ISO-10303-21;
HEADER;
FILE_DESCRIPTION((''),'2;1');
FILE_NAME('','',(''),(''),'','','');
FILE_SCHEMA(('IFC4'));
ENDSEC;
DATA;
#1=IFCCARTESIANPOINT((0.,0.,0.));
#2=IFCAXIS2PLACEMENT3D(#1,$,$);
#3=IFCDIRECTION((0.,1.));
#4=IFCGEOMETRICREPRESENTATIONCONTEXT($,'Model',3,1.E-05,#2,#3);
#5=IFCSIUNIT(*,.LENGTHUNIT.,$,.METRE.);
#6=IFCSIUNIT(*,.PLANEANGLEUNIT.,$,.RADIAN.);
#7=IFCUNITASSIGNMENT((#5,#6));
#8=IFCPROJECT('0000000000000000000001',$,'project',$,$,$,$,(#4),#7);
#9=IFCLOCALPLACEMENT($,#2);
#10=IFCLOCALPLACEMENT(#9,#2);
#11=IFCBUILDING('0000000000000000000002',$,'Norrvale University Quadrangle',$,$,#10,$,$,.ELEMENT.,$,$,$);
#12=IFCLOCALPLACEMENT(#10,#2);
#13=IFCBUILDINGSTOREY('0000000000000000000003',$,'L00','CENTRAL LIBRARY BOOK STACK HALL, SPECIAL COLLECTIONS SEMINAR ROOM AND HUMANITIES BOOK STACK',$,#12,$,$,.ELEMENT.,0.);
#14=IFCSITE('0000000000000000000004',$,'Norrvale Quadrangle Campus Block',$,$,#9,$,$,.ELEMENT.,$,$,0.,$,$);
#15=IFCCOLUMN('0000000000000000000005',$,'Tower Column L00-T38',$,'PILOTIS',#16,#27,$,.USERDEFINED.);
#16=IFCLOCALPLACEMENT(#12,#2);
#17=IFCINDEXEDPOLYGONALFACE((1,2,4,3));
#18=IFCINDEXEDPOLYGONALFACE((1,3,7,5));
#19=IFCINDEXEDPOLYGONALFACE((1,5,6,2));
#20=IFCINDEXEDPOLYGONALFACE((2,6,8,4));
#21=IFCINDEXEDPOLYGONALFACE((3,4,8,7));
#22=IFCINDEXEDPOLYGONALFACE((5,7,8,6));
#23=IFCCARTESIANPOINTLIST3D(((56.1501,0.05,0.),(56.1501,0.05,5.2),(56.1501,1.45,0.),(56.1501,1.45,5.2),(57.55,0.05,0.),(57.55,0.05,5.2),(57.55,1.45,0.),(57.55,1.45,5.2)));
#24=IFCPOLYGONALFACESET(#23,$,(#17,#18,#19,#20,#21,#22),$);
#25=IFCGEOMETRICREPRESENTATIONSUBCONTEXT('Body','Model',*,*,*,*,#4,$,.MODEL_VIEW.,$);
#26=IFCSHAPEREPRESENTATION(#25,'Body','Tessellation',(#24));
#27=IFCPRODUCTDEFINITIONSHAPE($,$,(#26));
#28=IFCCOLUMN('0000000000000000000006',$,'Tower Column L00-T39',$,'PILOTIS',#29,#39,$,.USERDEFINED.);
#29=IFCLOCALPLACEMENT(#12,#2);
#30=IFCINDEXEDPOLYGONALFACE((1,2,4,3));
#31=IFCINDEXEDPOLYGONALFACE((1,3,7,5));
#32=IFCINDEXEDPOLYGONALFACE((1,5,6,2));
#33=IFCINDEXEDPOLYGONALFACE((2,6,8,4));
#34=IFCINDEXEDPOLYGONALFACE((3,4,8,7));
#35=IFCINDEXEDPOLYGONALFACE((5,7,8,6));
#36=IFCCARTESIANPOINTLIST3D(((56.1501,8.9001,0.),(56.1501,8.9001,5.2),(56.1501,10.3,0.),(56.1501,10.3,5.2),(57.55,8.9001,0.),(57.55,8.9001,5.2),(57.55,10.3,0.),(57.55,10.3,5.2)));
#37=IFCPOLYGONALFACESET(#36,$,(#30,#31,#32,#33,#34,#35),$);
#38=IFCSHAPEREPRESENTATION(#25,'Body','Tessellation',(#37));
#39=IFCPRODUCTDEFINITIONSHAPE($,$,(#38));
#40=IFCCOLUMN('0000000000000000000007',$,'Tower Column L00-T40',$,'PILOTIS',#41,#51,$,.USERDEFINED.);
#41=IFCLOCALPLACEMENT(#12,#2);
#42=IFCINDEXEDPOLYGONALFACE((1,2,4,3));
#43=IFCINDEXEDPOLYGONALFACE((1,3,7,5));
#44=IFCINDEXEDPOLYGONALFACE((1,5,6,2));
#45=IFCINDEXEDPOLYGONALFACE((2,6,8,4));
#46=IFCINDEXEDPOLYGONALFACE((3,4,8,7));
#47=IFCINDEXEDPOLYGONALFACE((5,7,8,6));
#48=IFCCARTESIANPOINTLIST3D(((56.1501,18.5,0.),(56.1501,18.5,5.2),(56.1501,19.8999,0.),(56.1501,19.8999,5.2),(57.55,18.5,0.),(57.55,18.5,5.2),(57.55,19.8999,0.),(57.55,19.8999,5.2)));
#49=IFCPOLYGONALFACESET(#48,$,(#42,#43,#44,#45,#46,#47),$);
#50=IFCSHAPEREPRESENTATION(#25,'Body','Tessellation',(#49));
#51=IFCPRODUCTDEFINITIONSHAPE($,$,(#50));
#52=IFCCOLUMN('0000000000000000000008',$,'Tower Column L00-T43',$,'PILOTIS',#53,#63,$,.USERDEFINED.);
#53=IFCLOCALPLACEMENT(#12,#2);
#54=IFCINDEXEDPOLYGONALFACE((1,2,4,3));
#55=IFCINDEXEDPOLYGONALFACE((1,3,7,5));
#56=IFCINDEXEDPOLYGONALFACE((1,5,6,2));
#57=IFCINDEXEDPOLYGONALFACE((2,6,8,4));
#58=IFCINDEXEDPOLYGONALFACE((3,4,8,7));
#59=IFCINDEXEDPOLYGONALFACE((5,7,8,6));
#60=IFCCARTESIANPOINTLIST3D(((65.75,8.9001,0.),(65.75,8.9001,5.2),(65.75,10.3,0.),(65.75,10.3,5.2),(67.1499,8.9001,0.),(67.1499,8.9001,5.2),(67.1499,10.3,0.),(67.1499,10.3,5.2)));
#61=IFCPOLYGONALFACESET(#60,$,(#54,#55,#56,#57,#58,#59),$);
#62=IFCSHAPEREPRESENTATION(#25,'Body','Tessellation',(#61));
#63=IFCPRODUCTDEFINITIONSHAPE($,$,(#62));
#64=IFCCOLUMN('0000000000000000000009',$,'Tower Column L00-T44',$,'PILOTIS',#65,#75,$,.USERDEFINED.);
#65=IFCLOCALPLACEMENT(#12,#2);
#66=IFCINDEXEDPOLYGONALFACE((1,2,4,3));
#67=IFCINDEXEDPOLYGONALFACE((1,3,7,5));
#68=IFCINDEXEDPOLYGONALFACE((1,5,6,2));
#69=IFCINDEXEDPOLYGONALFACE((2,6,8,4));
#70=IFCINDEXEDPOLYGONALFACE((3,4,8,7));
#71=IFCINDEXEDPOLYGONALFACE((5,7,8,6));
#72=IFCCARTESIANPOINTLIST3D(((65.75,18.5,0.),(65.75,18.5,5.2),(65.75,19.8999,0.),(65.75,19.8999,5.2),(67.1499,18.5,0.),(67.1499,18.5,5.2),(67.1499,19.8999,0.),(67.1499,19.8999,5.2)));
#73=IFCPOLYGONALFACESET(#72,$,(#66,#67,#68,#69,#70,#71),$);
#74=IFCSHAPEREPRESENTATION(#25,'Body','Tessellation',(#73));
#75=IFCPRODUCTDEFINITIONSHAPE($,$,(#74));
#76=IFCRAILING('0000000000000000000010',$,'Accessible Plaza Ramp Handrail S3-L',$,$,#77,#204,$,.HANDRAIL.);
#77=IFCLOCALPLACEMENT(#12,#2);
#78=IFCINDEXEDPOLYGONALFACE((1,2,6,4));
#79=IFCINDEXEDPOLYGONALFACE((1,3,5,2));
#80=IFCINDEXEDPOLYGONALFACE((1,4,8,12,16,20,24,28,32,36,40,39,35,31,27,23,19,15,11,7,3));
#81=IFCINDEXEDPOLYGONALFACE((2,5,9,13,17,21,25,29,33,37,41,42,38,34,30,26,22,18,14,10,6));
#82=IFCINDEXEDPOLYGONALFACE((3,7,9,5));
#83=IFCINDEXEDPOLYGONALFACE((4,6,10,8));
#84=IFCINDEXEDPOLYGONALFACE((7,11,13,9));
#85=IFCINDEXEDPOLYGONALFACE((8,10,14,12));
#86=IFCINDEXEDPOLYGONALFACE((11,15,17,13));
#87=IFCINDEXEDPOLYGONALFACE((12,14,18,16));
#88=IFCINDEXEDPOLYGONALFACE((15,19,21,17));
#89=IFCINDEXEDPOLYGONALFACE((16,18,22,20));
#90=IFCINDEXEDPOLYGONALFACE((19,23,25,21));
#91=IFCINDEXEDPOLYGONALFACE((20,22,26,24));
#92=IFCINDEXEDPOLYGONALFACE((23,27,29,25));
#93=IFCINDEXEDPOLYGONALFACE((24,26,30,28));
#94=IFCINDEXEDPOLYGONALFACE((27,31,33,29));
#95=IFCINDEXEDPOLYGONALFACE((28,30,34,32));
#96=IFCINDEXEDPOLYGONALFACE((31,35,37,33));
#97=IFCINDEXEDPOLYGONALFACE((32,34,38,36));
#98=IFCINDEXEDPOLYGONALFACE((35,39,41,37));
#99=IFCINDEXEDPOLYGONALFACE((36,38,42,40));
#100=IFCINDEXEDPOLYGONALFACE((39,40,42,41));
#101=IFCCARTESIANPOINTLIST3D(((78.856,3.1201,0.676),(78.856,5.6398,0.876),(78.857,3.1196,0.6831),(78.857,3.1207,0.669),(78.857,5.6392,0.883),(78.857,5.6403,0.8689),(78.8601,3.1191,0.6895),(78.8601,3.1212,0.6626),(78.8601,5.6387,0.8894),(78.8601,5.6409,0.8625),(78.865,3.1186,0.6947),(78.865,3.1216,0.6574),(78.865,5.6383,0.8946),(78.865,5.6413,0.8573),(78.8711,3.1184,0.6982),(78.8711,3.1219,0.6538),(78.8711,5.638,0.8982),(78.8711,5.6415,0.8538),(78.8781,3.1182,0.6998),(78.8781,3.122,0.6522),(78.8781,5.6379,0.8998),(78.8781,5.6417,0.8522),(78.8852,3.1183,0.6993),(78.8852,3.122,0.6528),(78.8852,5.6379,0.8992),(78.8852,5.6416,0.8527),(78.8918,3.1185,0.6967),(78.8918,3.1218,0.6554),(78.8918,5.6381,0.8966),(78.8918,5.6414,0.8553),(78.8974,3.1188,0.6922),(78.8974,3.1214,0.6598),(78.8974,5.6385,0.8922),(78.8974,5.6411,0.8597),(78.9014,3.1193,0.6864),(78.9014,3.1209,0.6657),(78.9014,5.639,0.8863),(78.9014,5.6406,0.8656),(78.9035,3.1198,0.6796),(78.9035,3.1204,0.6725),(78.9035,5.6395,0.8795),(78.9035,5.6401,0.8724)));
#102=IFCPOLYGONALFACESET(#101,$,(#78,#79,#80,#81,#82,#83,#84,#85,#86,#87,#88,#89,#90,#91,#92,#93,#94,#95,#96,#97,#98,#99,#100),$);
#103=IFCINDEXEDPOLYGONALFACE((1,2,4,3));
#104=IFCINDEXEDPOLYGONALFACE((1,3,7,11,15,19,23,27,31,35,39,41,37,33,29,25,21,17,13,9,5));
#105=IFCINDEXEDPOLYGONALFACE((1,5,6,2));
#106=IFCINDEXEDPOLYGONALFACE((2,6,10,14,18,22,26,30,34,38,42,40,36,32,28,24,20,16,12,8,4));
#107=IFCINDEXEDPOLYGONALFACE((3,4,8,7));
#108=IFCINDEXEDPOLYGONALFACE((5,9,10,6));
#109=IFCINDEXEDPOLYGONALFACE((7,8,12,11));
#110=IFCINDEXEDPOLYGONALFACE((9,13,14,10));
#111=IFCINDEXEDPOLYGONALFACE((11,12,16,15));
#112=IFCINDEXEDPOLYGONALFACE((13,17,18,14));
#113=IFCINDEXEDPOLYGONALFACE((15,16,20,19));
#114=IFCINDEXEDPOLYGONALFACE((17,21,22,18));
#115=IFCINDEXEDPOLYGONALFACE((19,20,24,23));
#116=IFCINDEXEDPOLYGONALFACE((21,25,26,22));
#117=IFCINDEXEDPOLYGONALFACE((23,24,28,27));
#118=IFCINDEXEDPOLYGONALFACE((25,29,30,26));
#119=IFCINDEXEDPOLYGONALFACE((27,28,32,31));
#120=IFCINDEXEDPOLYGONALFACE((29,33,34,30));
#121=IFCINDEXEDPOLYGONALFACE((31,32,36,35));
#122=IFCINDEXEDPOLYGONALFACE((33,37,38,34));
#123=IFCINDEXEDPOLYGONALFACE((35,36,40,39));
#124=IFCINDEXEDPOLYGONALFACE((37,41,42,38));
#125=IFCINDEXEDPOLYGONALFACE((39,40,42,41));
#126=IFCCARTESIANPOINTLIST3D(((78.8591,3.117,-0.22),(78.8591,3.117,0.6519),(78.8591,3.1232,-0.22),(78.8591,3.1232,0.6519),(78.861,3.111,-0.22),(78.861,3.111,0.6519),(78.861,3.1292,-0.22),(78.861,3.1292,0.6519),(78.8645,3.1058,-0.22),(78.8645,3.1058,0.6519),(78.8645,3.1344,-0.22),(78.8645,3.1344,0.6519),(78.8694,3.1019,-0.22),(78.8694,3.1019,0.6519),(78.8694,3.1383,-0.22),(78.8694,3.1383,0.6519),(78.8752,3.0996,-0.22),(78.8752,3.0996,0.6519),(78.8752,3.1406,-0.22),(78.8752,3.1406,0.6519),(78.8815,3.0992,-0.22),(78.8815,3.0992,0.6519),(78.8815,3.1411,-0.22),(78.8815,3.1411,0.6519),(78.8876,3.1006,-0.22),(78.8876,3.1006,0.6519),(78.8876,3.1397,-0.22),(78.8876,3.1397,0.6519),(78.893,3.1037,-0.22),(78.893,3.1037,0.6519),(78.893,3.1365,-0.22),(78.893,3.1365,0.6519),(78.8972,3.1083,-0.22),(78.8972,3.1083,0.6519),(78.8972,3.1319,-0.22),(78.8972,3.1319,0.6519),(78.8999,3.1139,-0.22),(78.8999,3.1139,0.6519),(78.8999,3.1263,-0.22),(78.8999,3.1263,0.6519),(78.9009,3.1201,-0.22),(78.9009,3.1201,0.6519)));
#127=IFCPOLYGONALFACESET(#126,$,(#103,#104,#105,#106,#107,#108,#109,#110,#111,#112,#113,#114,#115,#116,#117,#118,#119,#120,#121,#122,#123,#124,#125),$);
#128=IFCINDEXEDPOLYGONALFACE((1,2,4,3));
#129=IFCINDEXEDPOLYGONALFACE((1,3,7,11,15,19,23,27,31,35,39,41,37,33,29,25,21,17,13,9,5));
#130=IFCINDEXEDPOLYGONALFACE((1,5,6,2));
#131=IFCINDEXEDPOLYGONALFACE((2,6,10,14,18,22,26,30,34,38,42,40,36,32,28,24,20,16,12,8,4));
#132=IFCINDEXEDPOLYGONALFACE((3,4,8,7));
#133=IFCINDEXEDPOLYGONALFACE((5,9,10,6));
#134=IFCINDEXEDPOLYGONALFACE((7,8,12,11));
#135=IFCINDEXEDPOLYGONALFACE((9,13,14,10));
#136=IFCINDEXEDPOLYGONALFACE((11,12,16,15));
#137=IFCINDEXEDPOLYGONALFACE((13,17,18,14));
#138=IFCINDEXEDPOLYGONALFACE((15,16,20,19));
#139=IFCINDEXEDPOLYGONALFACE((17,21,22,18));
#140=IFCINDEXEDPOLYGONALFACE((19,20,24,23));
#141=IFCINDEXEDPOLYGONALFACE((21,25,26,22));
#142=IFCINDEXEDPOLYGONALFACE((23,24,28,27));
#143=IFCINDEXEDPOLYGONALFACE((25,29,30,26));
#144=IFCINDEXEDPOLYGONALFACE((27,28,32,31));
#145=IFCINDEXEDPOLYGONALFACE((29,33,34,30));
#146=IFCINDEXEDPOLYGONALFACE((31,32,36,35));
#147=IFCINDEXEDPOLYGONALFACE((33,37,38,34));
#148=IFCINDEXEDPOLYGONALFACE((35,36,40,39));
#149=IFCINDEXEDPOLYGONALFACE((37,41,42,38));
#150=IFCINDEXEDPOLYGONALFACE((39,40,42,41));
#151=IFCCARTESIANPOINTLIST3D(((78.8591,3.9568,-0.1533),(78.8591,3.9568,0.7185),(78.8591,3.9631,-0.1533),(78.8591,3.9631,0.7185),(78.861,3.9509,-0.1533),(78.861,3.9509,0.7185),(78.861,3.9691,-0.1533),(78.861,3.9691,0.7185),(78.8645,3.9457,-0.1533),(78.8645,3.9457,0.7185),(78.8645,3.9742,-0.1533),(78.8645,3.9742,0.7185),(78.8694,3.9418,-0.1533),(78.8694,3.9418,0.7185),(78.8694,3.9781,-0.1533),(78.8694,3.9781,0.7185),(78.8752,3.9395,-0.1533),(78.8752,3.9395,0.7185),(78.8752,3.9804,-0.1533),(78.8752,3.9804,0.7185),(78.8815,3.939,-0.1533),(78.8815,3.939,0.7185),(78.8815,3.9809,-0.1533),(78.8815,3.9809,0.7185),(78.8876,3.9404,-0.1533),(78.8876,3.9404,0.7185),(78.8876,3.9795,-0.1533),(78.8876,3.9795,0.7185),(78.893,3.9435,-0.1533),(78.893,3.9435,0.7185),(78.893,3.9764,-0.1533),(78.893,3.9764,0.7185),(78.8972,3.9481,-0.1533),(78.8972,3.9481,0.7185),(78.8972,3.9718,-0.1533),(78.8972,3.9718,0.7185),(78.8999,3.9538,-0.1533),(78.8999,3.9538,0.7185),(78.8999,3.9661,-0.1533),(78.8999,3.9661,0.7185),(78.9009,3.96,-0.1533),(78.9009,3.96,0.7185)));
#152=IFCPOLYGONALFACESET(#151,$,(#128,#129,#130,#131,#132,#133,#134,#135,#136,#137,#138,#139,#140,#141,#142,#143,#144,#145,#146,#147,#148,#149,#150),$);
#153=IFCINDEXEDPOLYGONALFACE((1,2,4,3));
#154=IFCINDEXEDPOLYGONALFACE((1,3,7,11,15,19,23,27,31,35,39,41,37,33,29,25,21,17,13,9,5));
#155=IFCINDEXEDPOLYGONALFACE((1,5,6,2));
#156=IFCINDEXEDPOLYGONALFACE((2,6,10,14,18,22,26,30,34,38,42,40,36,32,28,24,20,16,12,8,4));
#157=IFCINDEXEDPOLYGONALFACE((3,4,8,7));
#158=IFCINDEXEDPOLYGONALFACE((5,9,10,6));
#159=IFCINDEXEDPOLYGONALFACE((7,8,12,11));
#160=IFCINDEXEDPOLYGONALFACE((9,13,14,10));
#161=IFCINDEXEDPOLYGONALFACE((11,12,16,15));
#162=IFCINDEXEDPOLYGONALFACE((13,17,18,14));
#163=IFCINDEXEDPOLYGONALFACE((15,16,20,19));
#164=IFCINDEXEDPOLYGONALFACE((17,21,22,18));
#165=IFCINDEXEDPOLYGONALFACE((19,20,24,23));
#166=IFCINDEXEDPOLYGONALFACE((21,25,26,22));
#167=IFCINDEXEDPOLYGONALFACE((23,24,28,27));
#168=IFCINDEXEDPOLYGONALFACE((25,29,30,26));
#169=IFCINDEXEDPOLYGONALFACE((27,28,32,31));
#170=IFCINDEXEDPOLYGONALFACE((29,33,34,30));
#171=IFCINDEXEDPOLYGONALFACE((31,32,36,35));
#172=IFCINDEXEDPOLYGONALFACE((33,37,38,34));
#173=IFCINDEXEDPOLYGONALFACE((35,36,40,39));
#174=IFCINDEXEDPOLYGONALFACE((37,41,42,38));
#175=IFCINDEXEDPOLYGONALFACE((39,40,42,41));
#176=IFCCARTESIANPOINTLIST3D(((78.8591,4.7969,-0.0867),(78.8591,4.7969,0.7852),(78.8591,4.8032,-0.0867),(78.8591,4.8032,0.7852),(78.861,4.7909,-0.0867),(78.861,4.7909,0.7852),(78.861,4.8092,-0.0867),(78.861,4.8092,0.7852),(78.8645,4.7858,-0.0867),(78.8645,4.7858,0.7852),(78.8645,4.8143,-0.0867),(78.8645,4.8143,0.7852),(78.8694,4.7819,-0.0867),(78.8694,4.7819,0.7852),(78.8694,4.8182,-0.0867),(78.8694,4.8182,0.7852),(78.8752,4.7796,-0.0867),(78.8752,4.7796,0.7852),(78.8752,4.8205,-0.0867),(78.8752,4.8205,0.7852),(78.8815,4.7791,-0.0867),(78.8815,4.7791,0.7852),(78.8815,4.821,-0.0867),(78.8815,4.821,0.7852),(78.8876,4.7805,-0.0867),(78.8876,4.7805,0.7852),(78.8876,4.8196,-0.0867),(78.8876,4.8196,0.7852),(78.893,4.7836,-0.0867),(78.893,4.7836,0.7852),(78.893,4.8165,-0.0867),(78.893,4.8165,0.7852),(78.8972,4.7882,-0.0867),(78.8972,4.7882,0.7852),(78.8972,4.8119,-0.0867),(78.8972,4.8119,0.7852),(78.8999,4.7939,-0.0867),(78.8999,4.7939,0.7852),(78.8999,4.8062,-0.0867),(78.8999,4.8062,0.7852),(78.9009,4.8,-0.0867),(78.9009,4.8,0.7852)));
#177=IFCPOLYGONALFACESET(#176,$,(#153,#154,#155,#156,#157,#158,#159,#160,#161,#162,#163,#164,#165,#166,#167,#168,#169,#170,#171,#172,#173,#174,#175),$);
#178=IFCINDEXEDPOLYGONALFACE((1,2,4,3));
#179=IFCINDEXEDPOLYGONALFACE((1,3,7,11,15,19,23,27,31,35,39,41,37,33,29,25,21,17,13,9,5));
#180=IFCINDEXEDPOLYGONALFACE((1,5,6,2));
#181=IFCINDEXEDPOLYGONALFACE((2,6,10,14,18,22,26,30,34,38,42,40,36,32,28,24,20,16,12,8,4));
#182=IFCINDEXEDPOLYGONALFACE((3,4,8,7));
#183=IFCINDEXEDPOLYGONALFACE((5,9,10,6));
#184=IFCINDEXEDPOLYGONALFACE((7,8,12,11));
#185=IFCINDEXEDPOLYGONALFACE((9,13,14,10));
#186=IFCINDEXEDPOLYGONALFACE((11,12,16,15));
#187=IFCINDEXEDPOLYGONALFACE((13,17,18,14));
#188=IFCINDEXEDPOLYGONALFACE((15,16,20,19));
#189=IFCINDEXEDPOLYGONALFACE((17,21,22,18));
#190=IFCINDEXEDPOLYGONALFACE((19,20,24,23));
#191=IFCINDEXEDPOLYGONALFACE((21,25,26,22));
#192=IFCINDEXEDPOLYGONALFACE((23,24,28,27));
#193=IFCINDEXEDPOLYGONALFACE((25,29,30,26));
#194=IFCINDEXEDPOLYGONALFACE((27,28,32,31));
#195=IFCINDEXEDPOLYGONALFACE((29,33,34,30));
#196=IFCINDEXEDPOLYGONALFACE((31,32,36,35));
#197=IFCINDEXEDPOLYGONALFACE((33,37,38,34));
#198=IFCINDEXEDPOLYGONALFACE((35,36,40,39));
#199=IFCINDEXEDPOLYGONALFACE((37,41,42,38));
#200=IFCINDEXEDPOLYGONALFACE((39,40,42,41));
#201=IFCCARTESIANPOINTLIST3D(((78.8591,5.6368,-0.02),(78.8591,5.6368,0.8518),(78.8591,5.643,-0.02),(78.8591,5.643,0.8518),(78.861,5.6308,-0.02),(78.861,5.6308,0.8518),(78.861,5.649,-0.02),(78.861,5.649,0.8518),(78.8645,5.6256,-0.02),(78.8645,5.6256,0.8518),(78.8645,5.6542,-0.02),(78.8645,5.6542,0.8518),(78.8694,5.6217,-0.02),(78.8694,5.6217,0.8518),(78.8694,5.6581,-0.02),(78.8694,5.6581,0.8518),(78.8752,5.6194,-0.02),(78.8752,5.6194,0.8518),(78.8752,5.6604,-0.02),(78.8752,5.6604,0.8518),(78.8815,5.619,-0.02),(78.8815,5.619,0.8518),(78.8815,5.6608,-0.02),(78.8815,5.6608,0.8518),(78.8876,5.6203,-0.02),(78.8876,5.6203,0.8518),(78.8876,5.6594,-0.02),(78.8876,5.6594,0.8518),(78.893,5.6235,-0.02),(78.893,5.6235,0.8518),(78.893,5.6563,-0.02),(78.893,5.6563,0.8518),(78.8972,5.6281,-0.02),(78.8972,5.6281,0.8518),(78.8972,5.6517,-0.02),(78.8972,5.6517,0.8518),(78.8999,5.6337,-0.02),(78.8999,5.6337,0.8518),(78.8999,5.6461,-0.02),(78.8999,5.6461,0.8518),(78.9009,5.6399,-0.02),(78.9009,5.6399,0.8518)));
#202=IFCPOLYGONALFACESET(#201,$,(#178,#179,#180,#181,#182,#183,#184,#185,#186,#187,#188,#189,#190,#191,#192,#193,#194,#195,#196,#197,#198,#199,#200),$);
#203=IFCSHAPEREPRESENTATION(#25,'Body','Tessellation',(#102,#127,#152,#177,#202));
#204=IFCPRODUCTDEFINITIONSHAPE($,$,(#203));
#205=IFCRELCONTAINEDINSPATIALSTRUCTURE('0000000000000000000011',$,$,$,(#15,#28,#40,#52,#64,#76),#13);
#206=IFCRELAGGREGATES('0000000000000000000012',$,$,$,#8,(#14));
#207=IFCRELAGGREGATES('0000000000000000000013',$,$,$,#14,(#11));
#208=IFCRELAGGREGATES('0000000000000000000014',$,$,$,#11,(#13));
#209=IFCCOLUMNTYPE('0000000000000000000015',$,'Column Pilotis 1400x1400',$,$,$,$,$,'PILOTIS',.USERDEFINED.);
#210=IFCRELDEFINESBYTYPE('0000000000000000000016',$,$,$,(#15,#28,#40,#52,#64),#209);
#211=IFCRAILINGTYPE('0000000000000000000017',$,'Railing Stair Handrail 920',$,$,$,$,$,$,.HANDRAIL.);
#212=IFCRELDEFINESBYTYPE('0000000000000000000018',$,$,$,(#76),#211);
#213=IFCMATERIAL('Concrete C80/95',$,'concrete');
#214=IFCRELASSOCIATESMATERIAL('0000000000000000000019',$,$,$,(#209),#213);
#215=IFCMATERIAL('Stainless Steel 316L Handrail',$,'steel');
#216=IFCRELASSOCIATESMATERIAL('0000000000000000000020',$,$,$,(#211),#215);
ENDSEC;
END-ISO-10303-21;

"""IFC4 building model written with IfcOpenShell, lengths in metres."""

from ifc_helpers import new_model, si_unit, direction, frame, origin, origin_2d, place, context, subcontext, project, spatial, rectangle, circle, extrude, material, material_profile, profile_set, type_object, element, save


model = new_model("IFC4")

# Units and contexts
model_context = context("Model", 3, precision=1e-05, world=origin(), true_north=direction((0.0, 1.0)))
body_context = subcontext(model_context, "Body", "Model", "MODEL_VIEW")
ifc_project = project(units=[si_unit("LENGTHUNIT", "METRE"), si_unit("PLANEANGLEUNIT", "RADIAN")], contexts=[model_context])

# Site, building, storey
site_placement = place(None, origin())
site = spatial("IfcSite", under=ifc_project, at=site_placement, Name="Norrvale Quadrangle Campus Block", CompositionType="ELEMENT", RefElevation=0.0)
building_placement = place(site_placement, origin())
building = spatial("IfcBuilding", under=site, at=building_placement, Name="Norrvale University Quadrangle", CompositionType="ELEMENT")
storey_placement = place(building_placement, origin())
storey = spatial("IfcBuildingStorey", under=building, at=storey_placement, Name="L00", Description="CENTRAL LIBRARY BOOK STACK HALL, SPECIAL COLLECTIONS SEMINAR ROOM AND HUMANITIES BOOK STACK", CompositionType="ELEMENT", Elevation=0.0)

# Columns
ifc_material_1 = material(Name="Concrete C80/95", Category="concrete")
ifc_material_profile = material_profile(ifc_material_1, rectangle(XDim=1.3999, YDim=1.3999, at=origin_2d()), Name="Concrete C80/95")
ifc_profile_set = profile_set([ifc_material_profile], Name="Concrete C80/95")
column_type = type_object("IfcColumnType", Name="Column Pilotis 1400x1400", ElementType="PILOTIS", PredefinedType="USERDEFINED", material=ifc_profile_set)
for number, where, z_axis, x_axis, name in (
    (1, (56.8501, 0.75, 0.0), (0.0, 0.0, 1.0), (1.0, 0.0, 0.0), "Tower Column L00-T38"),
    (2, (56.8501, 9.6001, 0.0), (0.0, 0.0, 1.0), (1.0, 0.0, 0.0), "Tower Column L00-T39"),
    (3, (56.8501, 19.2, 0.0), (0.0, 0.0, 1.0), (1.0, 0.0, 0.0), "Tower Column L00-T40"),
    (4, (66.45, 9.6001, 0.0), (0.0, 0.0, 1.0), (1.0, 0.0, 0.0), "Tower Column L00-T43"),
    (5, (66.45, 19.2, 0.0), (0.0, 0.0, 1.0), (1.0, 0.0, 0.0), "Tower Column L00-T44"),
):
    element("IfcColumn", number, at=place(storey_placement, frame(where, z_axis=z_axis, x_axis=x_axis)), inside=storey, type_object=column_type, Name=name, ObjectType="PILOTIS", PredefinedType="USERDEFINED", context=body_context, shape_type="SweptSolid", body=[
        extrude(rectangle(XDim=1.3999, YDim=1.3999, at=origin_2d()), origin(), (0.0, 0.0, 1.0), 5.2),
    ])

# Railing
ifc_material_2 = material(Name="Stainless Steel 316L Handrail", Category="steel")
railing_type = type_object("IfcRailingType", Name="Railing Stair Handrail 920", PredefinedType="HANDRAIL", material=ifc_material_2)
railing_placement = place(storey_placement, frame((78.8799, 3.1201, -0.22)))
element("IfcRailing", 6, at=railing_placement, inside=storey, type_object=railing_type, Name="Accessible Plaza Ramp Handrail S3-L", PredefinedType="HANDRAIL", context=body_context, shape_type="SweptSolid", body=[
    extrude(circle(Radius=0.0239, at=origin_2d()), frame((0.0, 0.0, 0.896), z_axis=(0.0, 0.996866, 0.079104), x_axis=(-1.0, 0.0, 0.0)), (0.0, 0.0, 1.0), 2.5276),
    extrude(circle(Radius=0.021, at=origin_2d()), origin(), (0.0, 0.0, 1.0), 0.8718),
    extrude(circle(Radius=0.021, at=origin_2d()), frame((0.0, 0.8398, 0.0667)), (0.0, 0.0, 1.0), 0.8718),
    extrude(circle(Radius=0.021, at=origin_2d()), frame((0.0, 1.6799, 0.1333)), (0.0, 0.0, 1.0), 0.8718),
    extrude(circle(Radius=0.021, at=origin_2d()), frame((0.0, 2.5198, 0.2)), (0.0, 0.0, 1.0), 0.8718),
])

save(model, "model.ifc")
